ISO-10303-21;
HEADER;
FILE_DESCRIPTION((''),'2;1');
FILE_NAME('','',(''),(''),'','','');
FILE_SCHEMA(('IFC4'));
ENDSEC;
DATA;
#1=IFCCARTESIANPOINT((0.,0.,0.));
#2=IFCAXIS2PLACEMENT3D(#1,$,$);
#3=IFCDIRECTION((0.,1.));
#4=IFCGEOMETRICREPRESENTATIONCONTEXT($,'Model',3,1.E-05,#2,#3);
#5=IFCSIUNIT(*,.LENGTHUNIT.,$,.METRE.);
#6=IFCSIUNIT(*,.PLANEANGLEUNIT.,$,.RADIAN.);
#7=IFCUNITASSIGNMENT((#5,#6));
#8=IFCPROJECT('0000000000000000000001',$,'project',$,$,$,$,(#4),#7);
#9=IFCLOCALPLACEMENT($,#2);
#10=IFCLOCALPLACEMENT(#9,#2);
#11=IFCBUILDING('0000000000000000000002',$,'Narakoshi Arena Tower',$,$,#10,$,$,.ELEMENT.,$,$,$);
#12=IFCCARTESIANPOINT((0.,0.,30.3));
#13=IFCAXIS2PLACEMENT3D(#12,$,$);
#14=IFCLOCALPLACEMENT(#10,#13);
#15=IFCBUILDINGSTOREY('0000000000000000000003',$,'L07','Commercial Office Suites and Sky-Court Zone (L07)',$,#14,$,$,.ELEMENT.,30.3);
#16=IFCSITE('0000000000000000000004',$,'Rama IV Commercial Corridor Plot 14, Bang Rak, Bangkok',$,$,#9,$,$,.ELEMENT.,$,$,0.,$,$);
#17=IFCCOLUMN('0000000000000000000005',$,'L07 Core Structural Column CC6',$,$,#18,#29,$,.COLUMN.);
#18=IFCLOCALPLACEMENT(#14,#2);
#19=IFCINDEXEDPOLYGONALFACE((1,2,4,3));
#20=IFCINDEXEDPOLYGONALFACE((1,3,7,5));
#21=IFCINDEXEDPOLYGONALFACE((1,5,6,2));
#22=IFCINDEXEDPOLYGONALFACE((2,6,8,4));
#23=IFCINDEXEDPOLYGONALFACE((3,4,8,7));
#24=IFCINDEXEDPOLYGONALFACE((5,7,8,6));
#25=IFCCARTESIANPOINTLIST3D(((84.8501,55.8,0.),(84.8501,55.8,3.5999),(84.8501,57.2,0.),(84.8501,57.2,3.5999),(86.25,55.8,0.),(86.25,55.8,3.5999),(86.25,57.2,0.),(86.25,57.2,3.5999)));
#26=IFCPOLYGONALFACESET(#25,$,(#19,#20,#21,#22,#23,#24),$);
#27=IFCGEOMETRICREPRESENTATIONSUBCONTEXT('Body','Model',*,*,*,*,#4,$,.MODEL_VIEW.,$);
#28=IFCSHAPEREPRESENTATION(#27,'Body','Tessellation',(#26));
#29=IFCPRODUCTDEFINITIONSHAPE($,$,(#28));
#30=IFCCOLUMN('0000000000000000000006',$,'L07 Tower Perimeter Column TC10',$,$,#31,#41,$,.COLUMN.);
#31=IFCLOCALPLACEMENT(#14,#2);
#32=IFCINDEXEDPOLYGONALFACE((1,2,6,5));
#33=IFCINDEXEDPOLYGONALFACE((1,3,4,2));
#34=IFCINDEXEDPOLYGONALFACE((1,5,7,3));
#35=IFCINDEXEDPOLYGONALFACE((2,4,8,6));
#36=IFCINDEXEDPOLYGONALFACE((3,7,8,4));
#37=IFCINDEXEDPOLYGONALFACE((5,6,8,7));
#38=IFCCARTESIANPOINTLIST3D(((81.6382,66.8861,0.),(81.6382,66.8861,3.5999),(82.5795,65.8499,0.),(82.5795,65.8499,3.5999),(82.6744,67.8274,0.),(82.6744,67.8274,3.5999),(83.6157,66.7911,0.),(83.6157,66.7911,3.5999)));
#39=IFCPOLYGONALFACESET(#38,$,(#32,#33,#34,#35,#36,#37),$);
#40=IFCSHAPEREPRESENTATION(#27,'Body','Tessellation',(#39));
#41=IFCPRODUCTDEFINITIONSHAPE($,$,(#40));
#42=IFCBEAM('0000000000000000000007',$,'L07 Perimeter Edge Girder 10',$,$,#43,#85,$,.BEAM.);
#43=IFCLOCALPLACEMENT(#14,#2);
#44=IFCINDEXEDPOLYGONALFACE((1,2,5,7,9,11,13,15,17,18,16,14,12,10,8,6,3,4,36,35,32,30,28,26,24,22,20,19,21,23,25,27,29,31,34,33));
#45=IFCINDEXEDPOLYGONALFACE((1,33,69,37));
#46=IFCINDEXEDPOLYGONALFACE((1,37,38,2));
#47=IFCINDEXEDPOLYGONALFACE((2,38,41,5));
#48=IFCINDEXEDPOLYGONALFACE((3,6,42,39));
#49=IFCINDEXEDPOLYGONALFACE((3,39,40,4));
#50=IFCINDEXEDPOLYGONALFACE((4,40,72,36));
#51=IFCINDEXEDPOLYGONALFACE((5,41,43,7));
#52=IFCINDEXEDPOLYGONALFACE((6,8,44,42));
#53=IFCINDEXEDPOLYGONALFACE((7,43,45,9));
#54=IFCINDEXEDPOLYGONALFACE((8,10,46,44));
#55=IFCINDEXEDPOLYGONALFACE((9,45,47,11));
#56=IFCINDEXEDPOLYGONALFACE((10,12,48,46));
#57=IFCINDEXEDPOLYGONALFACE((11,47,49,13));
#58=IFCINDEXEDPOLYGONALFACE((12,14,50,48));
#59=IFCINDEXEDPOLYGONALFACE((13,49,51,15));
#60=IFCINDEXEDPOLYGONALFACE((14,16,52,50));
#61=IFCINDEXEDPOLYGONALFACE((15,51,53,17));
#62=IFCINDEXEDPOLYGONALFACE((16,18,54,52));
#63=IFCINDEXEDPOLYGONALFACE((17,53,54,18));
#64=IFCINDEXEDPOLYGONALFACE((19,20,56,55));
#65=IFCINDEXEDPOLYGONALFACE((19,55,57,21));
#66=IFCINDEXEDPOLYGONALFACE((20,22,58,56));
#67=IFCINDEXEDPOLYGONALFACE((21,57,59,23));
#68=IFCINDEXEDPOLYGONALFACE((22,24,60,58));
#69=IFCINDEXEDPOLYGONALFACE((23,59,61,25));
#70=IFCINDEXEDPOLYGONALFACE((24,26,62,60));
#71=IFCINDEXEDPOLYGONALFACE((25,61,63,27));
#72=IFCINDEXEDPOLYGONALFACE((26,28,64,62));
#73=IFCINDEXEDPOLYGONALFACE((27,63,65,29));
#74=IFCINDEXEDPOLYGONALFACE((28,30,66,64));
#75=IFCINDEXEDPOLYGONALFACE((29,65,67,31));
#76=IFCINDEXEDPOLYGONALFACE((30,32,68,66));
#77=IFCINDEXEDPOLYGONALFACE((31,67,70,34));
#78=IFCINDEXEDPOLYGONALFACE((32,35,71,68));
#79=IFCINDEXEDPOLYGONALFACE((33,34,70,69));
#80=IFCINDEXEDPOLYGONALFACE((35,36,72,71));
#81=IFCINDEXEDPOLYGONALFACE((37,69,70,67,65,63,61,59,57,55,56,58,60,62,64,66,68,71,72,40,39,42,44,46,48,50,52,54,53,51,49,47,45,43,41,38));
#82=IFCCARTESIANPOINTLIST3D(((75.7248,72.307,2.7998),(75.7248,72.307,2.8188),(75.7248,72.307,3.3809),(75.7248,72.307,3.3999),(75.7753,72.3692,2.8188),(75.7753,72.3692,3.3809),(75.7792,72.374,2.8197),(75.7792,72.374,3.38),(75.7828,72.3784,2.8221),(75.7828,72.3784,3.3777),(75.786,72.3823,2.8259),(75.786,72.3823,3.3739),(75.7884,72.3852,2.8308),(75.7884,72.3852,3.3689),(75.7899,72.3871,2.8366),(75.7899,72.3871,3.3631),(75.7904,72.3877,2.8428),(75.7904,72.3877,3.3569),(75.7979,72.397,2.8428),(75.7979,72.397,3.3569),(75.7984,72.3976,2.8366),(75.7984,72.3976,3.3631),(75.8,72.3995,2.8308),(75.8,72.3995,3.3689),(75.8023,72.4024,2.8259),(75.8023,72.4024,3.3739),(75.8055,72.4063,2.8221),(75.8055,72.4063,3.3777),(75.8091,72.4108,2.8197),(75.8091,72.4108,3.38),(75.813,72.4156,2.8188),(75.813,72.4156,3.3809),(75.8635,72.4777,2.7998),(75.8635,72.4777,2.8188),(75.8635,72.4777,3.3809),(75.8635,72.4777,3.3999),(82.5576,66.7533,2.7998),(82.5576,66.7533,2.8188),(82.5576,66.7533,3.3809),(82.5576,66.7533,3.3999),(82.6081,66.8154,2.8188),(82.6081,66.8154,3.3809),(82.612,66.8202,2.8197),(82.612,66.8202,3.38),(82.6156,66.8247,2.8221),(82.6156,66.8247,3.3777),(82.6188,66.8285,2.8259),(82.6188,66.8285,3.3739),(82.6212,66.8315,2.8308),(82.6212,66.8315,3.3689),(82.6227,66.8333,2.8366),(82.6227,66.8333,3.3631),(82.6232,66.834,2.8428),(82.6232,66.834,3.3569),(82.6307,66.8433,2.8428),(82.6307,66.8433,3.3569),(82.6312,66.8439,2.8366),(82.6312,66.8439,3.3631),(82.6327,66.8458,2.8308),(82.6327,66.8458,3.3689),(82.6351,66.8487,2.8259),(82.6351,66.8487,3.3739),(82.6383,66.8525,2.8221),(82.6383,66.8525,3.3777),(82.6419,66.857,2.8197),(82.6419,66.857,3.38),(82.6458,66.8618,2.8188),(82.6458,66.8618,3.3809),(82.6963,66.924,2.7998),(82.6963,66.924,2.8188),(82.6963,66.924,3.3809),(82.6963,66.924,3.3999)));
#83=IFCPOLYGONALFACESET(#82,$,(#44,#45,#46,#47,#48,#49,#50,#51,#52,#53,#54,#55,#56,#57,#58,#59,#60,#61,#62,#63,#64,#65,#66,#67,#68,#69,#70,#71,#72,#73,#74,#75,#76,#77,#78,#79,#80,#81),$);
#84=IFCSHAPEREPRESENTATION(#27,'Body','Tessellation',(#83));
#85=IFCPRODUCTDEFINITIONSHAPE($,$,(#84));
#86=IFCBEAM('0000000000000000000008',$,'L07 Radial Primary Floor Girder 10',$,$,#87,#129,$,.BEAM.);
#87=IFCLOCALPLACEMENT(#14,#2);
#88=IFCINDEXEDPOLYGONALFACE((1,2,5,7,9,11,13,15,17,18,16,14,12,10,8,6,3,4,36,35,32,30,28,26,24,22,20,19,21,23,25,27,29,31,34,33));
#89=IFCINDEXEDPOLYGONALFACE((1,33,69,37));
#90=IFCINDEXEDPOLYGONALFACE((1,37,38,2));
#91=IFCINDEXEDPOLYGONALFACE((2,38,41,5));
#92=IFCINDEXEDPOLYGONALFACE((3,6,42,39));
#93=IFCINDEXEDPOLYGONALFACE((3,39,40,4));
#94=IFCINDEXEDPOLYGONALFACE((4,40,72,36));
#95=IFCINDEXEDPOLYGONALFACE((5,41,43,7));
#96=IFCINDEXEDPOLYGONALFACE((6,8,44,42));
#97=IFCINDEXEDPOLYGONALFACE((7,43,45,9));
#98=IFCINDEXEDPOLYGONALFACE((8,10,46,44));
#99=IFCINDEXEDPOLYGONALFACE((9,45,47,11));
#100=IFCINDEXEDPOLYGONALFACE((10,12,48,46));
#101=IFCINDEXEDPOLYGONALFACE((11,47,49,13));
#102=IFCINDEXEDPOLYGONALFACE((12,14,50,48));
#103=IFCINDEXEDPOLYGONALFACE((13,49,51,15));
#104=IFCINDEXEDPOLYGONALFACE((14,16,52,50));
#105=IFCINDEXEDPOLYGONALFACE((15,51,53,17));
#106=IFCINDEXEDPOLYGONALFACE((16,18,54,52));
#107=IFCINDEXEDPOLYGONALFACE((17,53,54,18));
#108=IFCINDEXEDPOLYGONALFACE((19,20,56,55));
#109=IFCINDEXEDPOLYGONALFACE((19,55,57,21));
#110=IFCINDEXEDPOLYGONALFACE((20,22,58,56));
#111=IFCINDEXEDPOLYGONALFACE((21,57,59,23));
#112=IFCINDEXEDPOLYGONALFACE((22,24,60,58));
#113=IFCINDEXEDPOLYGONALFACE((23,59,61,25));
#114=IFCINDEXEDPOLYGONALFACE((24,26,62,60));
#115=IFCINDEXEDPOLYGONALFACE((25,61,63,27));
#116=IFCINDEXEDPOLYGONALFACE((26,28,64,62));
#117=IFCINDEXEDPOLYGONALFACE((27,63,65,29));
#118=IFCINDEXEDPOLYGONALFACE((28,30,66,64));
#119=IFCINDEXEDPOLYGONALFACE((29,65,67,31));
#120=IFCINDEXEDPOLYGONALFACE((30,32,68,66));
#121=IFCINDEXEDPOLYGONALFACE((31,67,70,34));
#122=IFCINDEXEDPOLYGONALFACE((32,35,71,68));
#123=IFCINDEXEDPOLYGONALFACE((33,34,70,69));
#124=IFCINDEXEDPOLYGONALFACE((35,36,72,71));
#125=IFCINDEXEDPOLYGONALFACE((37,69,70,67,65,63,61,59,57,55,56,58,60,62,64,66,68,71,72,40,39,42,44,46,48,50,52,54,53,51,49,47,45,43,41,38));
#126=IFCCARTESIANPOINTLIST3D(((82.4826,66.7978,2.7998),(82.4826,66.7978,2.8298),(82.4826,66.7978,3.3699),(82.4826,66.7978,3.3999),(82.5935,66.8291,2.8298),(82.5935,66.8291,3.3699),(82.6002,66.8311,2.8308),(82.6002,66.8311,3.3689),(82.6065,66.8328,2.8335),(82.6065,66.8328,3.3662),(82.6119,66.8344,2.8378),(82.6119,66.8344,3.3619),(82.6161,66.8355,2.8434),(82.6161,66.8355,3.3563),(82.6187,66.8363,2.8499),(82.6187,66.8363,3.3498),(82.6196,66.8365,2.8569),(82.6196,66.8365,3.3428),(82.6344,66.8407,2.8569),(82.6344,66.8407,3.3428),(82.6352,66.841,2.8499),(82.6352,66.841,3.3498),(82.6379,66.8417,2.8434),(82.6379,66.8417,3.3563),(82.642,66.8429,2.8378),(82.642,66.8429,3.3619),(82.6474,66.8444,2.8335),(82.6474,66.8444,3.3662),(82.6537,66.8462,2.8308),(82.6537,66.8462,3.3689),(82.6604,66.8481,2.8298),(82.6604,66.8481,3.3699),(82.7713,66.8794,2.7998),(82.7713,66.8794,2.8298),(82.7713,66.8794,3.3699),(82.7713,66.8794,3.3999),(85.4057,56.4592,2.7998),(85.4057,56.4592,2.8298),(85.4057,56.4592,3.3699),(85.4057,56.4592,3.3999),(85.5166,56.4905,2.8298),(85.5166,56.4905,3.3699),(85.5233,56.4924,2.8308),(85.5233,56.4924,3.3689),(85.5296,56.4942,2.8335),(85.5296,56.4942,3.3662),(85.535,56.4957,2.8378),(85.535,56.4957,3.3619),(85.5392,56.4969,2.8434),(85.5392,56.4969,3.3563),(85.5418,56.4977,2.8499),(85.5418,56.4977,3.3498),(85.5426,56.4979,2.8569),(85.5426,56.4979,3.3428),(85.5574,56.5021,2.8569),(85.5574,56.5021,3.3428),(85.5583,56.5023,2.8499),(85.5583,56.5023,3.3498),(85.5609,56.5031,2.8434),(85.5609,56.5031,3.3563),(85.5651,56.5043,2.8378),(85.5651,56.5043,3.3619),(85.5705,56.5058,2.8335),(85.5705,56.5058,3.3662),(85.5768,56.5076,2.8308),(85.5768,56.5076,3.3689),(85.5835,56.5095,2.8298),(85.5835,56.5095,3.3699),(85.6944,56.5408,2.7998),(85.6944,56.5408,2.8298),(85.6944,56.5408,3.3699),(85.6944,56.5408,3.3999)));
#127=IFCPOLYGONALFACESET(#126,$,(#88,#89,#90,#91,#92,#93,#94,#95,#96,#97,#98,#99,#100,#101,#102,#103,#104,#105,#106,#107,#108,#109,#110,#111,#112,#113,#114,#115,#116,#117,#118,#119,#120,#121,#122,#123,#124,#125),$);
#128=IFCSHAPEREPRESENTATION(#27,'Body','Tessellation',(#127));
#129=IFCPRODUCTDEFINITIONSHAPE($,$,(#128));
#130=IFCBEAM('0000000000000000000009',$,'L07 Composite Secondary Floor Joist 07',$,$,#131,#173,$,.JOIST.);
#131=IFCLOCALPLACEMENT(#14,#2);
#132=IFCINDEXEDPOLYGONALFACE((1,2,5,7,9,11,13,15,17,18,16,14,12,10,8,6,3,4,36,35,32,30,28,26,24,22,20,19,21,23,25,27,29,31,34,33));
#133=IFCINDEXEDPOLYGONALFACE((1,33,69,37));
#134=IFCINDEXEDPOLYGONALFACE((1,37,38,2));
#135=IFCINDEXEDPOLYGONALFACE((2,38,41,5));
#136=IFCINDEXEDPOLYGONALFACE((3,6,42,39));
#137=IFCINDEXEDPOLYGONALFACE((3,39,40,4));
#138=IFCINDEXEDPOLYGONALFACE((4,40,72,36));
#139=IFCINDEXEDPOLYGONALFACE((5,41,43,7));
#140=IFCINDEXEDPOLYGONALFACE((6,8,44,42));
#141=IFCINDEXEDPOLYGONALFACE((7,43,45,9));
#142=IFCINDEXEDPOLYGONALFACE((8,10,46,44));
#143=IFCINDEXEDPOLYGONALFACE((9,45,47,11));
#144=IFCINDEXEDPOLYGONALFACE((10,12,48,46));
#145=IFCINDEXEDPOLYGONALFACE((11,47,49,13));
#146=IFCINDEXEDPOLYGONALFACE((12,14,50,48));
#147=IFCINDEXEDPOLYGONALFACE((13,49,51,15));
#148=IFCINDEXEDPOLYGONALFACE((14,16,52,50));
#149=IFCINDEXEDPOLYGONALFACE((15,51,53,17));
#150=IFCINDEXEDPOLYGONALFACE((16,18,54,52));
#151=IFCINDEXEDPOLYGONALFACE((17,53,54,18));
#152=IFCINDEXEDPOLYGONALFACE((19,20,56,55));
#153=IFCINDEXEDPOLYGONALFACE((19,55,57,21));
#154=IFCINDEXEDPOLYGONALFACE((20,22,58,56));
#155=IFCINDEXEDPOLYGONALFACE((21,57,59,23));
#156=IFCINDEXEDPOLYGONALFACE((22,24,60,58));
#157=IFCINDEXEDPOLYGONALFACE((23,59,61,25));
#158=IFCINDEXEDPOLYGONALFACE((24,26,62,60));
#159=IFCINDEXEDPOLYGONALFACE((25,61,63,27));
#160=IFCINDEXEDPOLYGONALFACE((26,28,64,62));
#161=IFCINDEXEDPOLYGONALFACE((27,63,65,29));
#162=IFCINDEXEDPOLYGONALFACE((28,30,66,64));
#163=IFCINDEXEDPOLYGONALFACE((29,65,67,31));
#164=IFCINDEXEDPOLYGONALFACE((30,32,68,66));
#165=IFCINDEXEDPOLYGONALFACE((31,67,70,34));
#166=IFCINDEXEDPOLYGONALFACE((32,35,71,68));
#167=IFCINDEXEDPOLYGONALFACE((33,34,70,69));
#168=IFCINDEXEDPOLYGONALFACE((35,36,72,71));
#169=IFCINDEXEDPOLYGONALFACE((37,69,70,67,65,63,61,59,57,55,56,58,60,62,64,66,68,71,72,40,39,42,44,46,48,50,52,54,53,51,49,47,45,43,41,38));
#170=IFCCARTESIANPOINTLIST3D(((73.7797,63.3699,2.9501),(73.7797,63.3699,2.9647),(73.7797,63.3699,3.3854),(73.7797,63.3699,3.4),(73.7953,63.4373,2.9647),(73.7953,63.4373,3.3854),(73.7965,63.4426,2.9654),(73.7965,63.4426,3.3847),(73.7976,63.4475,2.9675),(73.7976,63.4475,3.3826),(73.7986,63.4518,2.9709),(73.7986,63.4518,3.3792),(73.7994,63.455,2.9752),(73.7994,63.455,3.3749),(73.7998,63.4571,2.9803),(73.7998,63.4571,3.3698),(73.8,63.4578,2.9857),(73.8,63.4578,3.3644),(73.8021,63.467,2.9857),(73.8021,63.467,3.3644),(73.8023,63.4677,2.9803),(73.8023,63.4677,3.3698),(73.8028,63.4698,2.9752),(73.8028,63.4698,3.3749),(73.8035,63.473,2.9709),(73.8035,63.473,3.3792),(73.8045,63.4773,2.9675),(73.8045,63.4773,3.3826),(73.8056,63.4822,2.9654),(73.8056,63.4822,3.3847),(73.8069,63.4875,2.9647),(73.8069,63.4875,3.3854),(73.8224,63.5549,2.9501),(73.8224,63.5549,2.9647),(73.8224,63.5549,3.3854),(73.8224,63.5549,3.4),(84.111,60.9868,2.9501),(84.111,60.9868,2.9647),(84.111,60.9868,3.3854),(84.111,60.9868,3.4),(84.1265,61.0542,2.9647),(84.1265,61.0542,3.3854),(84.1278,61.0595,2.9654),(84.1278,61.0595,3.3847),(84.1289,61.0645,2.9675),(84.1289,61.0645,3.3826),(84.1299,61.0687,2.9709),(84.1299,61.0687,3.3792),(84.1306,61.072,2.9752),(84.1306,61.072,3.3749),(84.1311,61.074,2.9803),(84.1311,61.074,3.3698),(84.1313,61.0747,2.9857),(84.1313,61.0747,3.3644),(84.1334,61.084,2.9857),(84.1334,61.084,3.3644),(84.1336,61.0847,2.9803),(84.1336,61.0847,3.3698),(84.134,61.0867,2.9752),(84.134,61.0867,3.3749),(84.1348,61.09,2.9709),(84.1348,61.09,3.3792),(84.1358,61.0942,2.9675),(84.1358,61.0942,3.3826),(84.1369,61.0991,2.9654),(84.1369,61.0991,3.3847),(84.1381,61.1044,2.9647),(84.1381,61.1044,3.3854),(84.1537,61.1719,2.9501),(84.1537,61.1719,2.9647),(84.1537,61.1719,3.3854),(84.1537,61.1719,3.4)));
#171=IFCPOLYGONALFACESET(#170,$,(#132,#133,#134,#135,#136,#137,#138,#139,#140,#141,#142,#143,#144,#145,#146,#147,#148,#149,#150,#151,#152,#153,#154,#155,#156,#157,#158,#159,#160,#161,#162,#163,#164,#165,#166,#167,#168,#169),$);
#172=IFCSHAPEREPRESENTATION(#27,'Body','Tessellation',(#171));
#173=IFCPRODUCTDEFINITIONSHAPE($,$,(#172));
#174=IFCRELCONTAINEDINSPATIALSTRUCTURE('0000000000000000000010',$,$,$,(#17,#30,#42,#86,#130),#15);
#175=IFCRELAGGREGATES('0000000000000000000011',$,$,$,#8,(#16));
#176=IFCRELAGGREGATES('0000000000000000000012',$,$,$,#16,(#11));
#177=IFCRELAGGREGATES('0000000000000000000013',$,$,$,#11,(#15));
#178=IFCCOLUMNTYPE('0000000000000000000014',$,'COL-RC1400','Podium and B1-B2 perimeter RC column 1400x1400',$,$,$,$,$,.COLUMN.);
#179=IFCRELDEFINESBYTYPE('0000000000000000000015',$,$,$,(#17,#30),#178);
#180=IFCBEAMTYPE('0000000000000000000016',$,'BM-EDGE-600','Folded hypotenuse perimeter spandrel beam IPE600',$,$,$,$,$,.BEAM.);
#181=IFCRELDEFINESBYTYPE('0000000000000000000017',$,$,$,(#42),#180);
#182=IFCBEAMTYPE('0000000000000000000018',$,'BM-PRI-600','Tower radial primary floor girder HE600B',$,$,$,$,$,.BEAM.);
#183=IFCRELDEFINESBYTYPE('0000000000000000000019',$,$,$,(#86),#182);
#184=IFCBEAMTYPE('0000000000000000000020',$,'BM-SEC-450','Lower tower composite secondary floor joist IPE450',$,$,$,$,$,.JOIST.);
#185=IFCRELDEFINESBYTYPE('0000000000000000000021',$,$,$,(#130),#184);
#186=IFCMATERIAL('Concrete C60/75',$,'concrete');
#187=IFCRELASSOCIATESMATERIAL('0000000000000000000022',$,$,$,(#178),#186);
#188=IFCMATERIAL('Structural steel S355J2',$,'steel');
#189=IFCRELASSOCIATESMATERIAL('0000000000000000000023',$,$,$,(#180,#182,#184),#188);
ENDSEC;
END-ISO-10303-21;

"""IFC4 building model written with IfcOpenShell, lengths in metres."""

from ifc_helpers import new_model, si_unit, direction, frame, origin, origin_2d, place, context, subcontext, project, spatial, rectangle, i_section, extrude, material, material_profile, profile_set, type_object, element, save


model = new_model("IFC4")

# Units and contexts
model_context = context("Model", 3, precision=1e-05, world=origin(), true_north=direction((0.0, 1.0)))
body_context = subcontext(model_context, "Body", "Model", "MODEL_VIEW")
ifc_project = project(units=[si_unit("LENGTHUNIT", "METRE"), si_unit("PLANEANGLEUNIT", "RADIAN")], contexts=[model_context])

# Site, building, storey
site_placement = place(None, origin())
site = spatial("IfcSite", under=ifc_project, at=site_placement, Name="Rama IV Commercial Corridor Plot 14, Bang Rak, Bangkok", CompositionType="ELEMENT", RefElevation=0.0)
building_placement = place(site_placement, origin())
building = spatial("IfcBuilding", under=site, at=building_placement, Name="Narakoshi Arena Tower", CompositionType="ELEMENT")
storey_placement = place(building_placement, frame((0.0, 0.0, 30.3)))
storey = spatial("IfcBuildingStorey", under=building, at=storey_placement, Name="L07", Description="Commercial Office Suites and Sky-Court Zone (L07)", CompositionType="ELEMENT", Elevation=30.3)

# Columns
ifc_material_1 = material(Name="Concrete C60/75", Category="concrete")
ifc_material_profile_1 = material_profile(ifc_material_1, rectangle(XDim=1.3999, YDim=1.3999, at=origin_2d()), Name="RC1400x1400")
ifc_profile_set_1 = profile_set([ifc_material_profile_1], Name="Concrete C60/75")
column_type = type_object("IfcColumnType", Name="COL-RC1400", Description="Podium and B1-B2 perimeter RC column 1400x1400", PredefinedType="COLUMN", material=ifc_profile_set_1)
for number, where, z_axis, x_axis, name in (
    (1, (85.55, 56.5, 0.0), (0.0, 0.0, 1.0), (1.0, 0.0, 0.0), "L07 Core Structural Column CC6"),
    (2, (82.627, 66.8386, 0.0), (0.0, 0.0, 1.0), (0.740218, 0.672367, 0.0), "L07 Tower Perimeter Column TC10"),
):
    element("IfcColumn", number, at=place(storey_placement, frame(where, z_axis=z_axis, x_axis=x_axis)), inside=storey, type_object=column_type, Name=name, PredefinedType="COLUMN", context=body_context, shape_type="SweptSolid", body=[
        extrude(rectangle(XDim=1.3999, YDim=1.3999, at=origin_2d()), origin(), (0.0, 0.0, 1.0), 3.5999),
    ])

# Beams
ifc_material_2 = material(Name="Structural steel S355J2", Category="steel")
ifc_material_profile_2 = material_profile(ifc_material_2, i_section(OverallWidth=0.22, OverallDepth=0.6001, WebThickness=0.012, FlangeThickness=0.019, FilletRadius=0.0239, at=origin_2d()), Name="IPE600")
ifc_profile_set_2 = profile_set([ifc_material_profile_2], Name="Structural steel S355J2")
beam_type_1 = type_object("IfcBeamType", Name="BM-EDGE-600", Description="Folded hypotenuse perimeter spandrel beam IPE600", PredefinedType="BEAM", material=ifc_profile_set_2)
beam_1_placement = place(storey_placement, frame((82.627, 66.8386, 3.0999), z_axis=(-0.775998, 0.630736, 0.0), x_axis=(-0.630736, -0.775998, 0.0)))
element("IfcBeam", 3, at=beam_1_placement, inside=storey, type_object=beam_type_1, Name="L07 Perimeter Edge Girder 10", PredefinedType="BEAM", context=body_context, shape_type="SweptSolid", body=[
    extrude(i_section(OverallWidth=0.22, OverallDepth=0.6001, WebThickness=0.012, FlangeThickness=0.019, FilletRadius=0.0239, at=origin_2d()), origin(), (0.0, 0.0, 1.0), 8.8052),
])
ifc_material_profile_3 = material_profile(ifc_material_2, i_section(OverallWidth=0.3, OverallDepth=0.6001, WebThickness=0.0154, FlangeThickness=0.03, FilletRadius=0.0271, at=origin_2d()), Name="HE600B")
ifc_profile_set_3 = profile_set([ifc_material_profile_3], Name="Structural steel S355J2")
beam_type_2 = type_object("IfcBeamType", Name="BM-PRI-600", Description="Tower radial primary floor girder HE600B", PredefinedType="BEAM", material=ifc_profile_set_3)
beam_2_placement = place(storey_placement, frame((85.55, 56.5, 3.0999), z_axis=(-0.27207, 0.962277, 0.0), x_axis=(-0.962277, -0.27207, 0.0)))
element("IfcBeam", 4, at=beam_2_placement, inside=storey, type_object=beam_type_2, Name="L07 Radial Primary Floor Girder 10", PredefinedType="BEAM", context=body_context, shape_type="SweptSolid", body=[
    extrude(i_section(OverallWidth=0.3, OverallDepth=0.6001, WebThickness=0.0154, FlangeThickness=0.03, FilletRadius=0.0271, at=origin_2d()), origin(), (0.0, 0.0, 1.0), 10.7439),
])
ifc_material_profile_4 = material_profile(ifc_material_2, i_section(OverallWidth=0.1899, OverallDepth=0.45, WebThickness=0.0095, FlangeThickness=0.0146, FilletRadius=0.021, at=origin_2d()), Name="IPE450")
ifc_profile_set_4 = profile_set([ifc_material_profile_4], Name="Structural steel S355J2")
beam_type_3 = type_object("IfcBeamType", Name="BM-SEC-450", Description="Lower tower composite secondary floor joist IPE450", PredefinedType="JOIST", material=ifc_profile_set_4)
beam_3_placement = place(storey_placement, frame((84.1323, 61.0793, 3.175), z_axis=(-0.974414, 0.224762, 0.0), x_axis=(-0.224762, -0.974414, 0.0)))
element("IfcBeam", 5, at=beam_3_placement, inside=storey, type_object=beam_type_3, Name="L07 Composite Secondary Floor Joist 07", PredefinedType="JOIST", context=body_context, shape_type="SweptSolid", body=[
    extrude(i_section(OverallWidth=0.1899, OverallDepth=0.45, WebThickness=0.0095, FlangeThickness=0.0146, FilletRadius=0.021, at=origin_2d()), origin(), (0.0, 0.0, 1.0), 10.6025),
])

save(model, "model.ifc")
